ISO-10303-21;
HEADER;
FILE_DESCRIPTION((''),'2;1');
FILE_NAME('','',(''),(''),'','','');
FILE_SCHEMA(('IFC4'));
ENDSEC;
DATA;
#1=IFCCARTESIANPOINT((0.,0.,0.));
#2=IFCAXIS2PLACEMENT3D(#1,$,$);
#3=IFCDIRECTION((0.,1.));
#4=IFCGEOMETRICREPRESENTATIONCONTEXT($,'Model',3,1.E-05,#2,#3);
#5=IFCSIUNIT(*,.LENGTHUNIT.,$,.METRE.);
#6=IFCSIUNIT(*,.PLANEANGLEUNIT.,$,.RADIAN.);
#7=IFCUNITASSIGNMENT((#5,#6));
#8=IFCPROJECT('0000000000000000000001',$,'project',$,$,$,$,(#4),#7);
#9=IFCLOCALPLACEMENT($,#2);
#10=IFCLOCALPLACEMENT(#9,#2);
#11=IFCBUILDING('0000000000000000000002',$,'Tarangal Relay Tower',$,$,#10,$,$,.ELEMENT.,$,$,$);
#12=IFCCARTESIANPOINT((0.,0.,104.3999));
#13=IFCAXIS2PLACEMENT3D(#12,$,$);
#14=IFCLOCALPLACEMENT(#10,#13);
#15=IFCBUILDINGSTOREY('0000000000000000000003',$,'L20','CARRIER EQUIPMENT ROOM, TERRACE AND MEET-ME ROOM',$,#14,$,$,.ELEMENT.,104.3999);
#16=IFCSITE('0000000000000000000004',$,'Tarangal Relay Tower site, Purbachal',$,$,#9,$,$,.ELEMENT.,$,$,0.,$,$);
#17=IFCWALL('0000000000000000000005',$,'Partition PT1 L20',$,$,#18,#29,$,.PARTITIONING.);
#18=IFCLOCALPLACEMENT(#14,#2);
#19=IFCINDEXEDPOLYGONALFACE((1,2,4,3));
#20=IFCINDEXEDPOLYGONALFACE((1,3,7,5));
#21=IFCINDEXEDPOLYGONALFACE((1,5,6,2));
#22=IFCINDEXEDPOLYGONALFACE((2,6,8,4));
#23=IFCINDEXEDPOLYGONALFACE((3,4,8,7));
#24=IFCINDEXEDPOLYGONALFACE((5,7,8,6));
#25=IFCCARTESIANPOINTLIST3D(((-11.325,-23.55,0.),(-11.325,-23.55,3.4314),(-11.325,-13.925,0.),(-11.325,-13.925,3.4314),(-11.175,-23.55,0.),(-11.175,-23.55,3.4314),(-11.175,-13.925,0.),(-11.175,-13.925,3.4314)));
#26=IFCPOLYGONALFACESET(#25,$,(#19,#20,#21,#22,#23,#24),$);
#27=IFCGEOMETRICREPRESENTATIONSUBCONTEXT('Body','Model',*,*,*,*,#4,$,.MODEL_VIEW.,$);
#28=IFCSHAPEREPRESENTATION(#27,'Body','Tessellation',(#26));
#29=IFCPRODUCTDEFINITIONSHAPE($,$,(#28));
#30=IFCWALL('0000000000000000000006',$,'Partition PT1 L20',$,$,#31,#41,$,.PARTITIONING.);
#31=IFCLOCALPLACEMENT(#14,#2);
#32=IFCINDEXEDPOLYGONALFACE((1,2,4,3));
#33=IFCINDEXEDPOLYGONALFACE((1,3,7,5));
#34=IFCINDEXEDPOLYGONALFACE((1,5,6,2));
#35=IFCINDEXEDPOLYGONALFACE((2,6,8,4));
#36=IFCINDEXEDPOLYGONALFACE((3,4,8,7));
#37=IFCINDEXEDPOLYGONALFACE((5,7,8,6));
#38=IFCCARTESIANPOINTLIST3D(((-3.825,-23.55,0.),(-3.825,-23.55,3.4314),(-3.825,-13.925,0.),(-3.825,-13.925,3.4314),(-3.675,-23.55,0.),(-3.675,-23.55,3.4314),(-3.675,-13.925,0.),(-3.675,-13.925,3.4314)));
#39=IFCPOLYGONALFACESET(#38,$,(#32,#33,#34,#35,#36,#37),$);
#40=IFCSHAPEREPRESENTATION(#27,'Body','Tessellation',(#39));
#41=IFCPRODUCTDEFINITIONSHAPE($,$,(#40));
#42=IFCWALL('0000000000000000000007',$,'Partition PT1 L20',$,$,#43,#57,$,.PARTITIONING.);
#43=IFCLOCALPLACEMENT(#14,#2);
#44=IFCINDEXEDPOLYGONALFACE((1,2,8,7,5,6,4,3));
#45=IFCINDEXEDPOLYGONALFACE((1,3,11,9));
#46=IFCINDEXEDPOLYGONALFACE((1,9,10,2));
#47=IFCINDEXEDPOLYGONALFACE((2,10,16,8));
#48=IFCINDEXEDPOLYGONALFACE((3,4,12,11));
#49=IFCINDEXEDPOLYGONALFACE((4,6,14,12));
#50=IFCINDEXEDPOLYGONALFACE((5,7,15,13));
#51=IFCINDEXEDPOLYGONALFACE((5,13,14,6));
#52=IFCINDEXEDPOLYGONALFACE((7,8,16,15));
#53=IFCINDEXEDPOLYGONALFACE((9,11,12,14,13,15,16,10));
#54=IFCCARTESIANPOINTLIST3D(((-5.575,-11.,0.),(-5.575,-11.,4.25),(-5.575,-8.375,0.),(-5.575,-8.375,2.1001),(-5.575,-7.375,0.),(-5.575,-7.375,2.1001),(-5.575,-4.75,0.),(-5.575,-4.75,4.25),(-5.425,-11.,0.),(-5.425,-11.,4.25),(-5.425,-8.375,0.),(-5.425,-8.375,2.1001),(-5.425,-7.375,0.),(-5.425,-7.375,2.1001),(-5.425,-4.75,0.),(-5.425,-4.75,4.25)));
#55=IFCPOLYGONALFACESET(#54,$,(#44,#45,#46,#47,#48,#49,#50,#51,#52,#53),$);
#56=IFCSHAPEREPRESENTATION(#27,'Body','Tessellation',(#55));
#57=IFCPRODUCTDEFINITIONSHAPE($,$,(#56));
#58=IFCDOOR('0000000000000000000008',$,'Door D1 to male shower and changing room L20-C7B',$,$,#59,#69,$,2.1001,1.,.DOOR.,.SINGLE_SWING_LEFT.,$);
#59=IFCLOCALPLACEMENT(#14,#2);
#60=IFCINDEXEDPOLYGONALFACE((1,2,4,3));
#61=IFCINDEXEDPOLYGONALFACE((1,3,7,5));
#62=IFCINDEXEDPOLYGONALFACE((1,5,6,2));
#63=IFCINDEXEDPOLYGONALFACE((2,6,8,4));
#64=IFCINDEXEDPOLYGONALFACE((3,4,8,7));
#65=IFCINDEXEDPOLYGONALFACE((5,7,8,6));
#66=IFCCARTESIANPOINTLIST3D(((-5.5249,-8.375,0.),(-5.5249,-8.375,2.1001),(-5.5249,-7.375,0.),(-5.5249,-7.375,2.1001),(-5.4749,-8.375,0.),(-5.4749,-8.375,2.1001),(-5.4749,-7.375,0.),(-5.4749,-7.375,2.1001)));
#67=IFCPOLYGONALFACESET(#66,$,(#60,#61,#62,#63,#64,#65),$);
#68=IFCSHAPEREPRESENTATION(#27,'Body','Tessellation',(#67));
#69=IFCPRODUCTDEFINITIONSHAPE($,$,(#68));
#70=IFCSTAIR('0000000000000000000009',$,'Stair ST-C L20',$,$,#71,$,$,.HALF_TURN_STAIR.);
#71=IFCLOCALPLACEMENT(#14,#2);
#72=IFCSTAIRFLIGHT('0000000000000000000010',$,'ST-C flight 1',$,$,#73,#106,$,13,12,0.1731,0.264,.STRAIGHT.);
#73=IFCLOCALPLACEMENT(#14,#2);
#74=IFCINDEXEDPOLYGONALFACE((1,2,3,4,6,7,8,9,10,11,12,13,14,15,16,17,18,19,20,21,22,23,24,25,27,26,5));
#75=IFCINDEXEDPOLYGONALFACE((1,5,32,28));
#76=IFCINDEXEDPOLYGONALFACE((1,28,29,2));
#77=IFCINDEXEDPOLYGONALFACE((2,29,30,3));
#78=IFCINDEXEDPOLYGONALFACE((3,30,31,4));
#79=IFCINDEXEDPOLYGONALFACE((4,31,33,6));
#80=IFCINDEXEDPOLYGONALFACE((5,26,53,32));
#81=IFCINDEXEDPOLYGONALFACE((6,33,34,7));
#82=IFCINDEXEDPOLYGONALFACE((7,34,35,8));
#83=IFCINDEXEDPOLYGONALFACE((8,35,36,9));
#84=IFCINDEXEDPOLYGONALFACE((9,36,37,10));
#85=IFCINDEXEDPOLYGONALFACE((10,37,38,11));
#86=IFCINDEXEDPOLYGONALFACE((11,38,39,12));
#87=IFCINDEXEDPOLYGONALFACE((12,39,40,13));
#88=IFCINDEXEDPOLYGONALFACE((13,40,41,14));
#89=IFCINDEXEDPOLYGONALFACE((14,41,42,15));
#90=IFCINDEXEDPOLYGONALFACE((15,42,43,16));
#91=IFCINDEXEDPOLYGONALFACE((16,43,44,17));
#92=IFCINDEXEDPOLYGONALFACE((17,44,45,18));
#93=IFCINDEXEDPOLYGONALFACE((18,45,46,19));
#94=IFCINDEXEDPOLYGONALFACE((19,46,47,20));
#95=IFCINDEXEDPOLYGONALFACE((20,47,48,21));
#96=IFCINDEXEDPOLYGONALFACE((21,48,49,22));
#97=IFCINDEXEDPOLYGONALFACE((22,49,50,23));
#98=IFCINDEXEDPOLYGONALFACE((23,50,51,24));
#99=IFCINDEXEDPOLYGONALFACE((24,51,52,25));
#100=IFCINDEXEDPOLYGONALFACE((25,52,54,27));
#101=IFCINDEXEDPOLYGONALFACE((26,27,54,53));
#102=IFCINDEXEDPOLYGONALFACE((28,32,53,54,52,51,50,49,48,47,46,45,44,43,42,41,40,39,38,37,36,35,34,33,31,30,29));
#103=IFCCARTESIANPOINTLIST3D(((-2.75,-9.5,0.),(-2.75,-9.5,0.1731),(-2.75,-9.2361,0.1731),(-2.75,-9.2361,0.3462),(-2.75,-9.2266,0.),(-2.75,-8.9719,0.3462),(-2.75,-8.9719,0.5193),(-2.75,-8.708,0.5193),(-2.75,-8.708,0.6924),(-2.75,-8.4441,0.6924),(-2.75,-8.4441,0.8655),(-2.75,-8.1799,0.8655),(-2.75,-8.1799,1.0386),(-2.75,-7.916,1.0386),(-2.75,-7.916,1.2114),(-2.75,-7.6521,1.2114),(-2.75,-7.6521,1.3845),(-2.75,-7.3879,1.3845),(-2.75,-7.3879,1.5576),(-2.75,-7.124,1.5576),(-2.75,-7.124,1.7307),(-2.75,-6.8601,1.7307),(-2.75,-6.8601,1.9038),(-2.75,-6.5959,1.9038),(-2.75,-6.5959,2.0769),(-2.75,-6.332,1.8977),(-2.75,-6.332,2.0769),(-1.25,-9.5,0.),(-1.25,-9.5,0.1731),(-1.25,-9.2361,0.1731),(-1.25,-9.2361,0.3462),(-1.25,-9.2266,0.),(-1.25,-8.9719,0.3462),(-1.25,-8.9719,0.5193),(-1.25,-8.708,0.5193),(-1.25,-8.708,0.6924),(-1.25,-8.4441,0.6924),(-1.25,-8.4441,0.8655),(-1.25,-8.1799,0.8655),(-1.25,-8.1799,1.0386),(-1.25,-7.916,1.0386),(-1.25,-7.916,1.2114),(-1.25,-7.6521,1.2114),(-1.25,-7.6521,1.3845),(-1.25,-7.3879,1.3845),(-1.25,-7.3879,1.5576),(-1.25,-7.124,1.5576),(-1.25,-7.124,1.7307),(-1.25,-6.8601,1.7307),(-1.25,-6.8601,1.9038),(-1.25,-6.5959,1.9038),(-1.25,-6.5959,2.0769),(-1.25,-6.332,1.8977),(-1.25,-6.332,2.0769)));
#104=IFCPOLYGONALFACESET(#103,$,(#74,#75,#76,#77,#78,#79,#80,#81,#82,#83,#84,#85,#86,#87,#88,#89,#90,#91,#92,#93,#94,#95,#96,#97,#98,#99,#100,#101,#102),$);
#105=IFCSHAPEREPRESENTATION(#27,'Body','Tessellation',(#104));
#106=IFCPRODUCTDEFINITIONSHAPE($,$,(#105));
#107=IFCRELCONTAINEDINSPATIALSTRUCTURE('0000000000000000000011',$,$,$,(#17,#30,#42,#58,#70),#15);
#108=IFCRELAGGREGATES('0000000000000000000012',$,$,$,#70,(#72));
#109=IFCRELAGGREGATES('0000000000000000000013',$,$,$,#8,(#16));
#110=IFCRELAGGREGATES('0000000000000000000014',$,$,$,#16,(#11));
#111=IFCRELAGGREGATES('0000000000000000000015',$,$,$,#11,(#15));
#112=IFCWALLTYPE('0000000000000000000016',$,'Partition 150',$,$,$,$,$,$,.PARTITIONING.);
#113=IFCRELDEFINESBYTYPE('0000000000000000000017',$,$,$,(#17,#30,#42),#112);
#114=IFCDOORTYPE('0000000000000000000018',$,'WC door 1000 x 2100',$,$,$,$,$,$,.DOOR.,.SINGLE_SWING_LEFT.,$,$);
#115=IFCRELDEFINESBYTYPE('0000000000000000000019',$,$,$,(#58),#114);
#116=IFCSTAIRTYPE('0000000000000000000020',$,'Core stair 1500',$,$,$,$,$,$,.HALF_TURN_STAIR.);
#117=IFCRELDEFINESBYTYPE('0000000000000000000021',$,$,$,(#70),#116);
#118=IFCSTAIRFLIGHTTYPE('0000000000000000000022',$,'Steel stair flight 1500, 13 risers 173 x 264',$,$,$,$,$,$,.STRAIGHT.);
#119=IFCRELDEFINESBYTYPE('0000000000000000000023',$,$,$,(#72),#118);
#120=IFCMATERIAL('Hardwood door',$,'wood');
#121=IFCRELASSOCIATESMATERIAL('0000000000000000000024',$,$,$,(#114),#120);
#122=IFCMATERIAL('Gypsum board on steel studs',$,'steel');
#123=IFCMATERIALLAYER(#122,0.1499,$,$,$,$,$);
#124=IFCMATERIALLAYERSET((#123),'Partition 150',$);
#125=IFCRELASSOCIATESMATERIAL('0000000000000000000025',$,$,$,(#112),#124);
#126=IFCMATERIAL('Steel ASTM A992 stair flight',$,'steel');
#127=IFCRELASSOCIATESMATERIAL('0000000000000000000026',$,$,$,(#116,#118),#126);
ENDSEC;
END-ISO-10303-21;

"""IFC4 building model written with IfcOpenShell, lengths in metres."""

from ifc_helpers import new_model, si_unit, direction, frame, frame_2d, origin, place, context, subcontext, project, spatial, polyline, rectangle, outline, extrude, material, layer, layer_set, type_object, element, fill, aggregate, save


model = new_model("IFC4")

# Units and contexts
model_context = context("Model", 3, precision=1e-05, world=origin(), true_north=direction((0.0, 1.0)))
body_context = subcontext(model_context, "Body", "Model", "MODEL_VIEW")
ifc_project = project(units=[si_unit("LENGTHUNIT", "METRE"), si_unit("PLANEANGLEUNIT", "RADIAN")], contexts=[model_context])

# Site, building, storey
site_placement = place(None, origin())
site = spatial("IfcSite", under=ifc_project, at=site_placement, Name="Tarangal Relay Tower site, Purbachal", CompositionType="ELEMENT", RefElevation=0.0)
building_placement = place(site_placement, origin())
building = spatial("IfcBuilding", under=site, at=building_placement, Name="Tarangal Relay Tower", CompositionType="ELEMENT")
storey_placement = place(building_placement, frame((0.0, 0.0, 104.3999)))
storey = spatial("IfcBuildingStorey", under=building, at=storey_placement, Name="L20", Description="CARRIER EQUIPMENT ROOM, TERRACE AND MEET-ME ROOM", CompositionType="ELEMENT", Elevation=104.3999)

# Shared definitions
ifc_material_1 = material(Name="Hardwood door", Category="wood")
door_type_1 = type_object("IfcDoorType", Name="WC door 1000 x 2100", OperationType="SINGLE_SWING_LEFT", PredefinedType="DOOR", material=ifc_material_1)

# Walls
ifc_material_2 = material(Name="Gypsum board on steel studs", Category="steel")
ifc_layer_1 = layer(ifc_material_2, 0.1499)
ifc_layer_set_1 = layer_set([ifc_layer_1], Name="Partition 150")
wall_type_1 = type_object("IfcWallType", Name="Partition 150", PredefinedType="PARTITIONING", material=ifc_layer_set_1)
for number, where, z_axis, x_axis, name in (
    (1, (-11.25, -23.55, 0.0), (0.0, 0.0, 1.0), (0.0, 1.0, 0.0), "Partition PT1 L20"),
    (2, (-3.75, -23.55, 0.0), (0.0, 0.0, 1.0), (0.0, 1.0, 0.0), "Partition PT1 L20"),
):
    element("IfcWall", number, at=place(storey_placement, frame(where, z_axis=z_axis, x_axis=x_axis)), inside=storey, type_object=wall_type_1, Name=name, PredefinedType="PARTITIONING", context=body_context, shape_type="SweptSolid", body=[
        extrude(rectangle(XDim=9.625, YDim=0.1499, at=frame_2d((4.8125, 0.0))), origin(), (0.0, 0.0, 1.0), 3.4314),
    ])

# Wall, opening, door
wall_1_placement = place(storey_placement, frame((-5.5, -11.0, 0.0), z_axis=(0.0, 0.0, 1.0), x_axis=(0.0, 1.0, 0.0)))
wall_1 = element("IfcWall", 3, at=wall_1_placement, inside=storey, type_object=wall_type_1, Name="Partition PT1 L20", PredefinedType="PARTITIONING", context=body_context, shape_type="SweptSolid", body=[
    extrude(rectangle(XDim=6.25, YDim=0.1499, at=frame_2d((3.125, 0.0))), origin(), (0.0, 0.0, 1.0), 4.25),
])
opening_1_placement = place(wall_1_placement, frame((2.625, 0.0, 0.0)))
opening_1 = element("IfcOpeningElement", 4, at=opening_1_placement, cuts=wall_1, PredefinedType="OPENING", context=body_context, shape_type="SweptSolid", body=[
    extrude(rectangle(XDim=1.0, YDim=2.1001, at=frame_2d((0.5, 1.05))), frame((0.0, 0.085, 0.0), z_axis=(0.0, -1.0, 0.0), x_axis=(1.0, 0.0, 0.0)), (0.0, 0.0, 1.0), 0.1699),
])
door_1_placement = place(opening_1_placement, origin())
door_1 = element("IfcDoor", 5, at=door_1_placement, inside=storey, type_object=door_type_1, Name="Door D1 to male shower and changing room L20-C7B", OperationType="SINGLE_SWING_LEFT", OverallHeight=2.1001, OverallWidth=1.0, PredefinedType="DOOR", context=body_context, shape_type="SweptSolid", body=[
    extrude(rectangle(XDim=1.0, YDim=2.1001, at=frame_2d((0.5, 1.05))), frame((0.0, 0.0249, 0.0), z_axis=(0.0, -1.0, 0.0), x_axis=(1.0, 0.0, 0.0)), (0.0, 0.0, 1.0), 0.05),
])
fill(opening_1, door_1)

# Stair, stair flight
ifc_material_3 = material(Name="Steel ASTM A992 stair flight", Category="steel")
stair_type = type_object("IfcStairType", Name="Core stair 1500", PredefinedType="HALF_TURN_STAIR", material=ifc_material_3)
stair_placement = place(storey_placement, origin())
stair = element("IfcStair", 6, at=stair_placement, inside=storey, type_object=stair_type, Name="Stair ST-C L20", PredefinedType="HALF_TURN_STAIR")
stair_flight_type = type_object("IfcStairFlightType", Name="Steel stair flight 1500, 13 risers 173 x 264", PredefinedType="STRAIGHT", material=ifc_material_3)
stair_flight_placement = place(storey_placement, frame((-2.0, -9.5, 0.0), z_axis=(0.0, 0.0, 1.0), x_axis=(0.0, 1.0, 0.0)))
stair_flight = element("IfcStairFlight", 7, at=stair_flight_placement, type_object=stair_flight_type, Name="ST-C flight 1", NumberOfRisers=13, NumberOfTreads=12, PredefinedType="STRAIGHT", RiserHeight=0.1731, TreadLength=0.264, context=body_context, shape_type="SweptSolid", body=[
    extrude(outline(polyline([(0.0, 0.0), (0.0, 0.1731), (0.2639, 0.1731), (0.2639, 0.3462), (0.5281, 0.3462), (0.5281, 0.5193), (0.792, 0.5193), (0.792, 0.6924), (1.0559, 0.6924), (1.0559, 0.8655), (1.3201, 0.8655), (1.3201, 1.0386), (1.584, 1.0386), (1.584, 1.2114), (1.8479, 1.2114), (1.8479, 1.3845), (2.1121, 1.3845), (2.1121, 1.5576), (2.376, 1.5576), (2.376, 1.7307), (2.6399, 1.7307), (2.6399, 1.9038), (2.9041, 1.9038), (2.9041, 2.0769), (3.168, 2.0769), (3.168, 2.25), (3.168, 1.8977), (0.2734, 0.0), (0.0, 0.0)])), frame((0.0, 0.75, 0.0), z_axis=(0.0, -1.0, 0.0), x_axis=(1.0, 0.0, 0.0)), (0.0, 0.0, 1.0), 1.5),
])
aggregate(stair, [stair_flight])

save(model, "model.ifc")
